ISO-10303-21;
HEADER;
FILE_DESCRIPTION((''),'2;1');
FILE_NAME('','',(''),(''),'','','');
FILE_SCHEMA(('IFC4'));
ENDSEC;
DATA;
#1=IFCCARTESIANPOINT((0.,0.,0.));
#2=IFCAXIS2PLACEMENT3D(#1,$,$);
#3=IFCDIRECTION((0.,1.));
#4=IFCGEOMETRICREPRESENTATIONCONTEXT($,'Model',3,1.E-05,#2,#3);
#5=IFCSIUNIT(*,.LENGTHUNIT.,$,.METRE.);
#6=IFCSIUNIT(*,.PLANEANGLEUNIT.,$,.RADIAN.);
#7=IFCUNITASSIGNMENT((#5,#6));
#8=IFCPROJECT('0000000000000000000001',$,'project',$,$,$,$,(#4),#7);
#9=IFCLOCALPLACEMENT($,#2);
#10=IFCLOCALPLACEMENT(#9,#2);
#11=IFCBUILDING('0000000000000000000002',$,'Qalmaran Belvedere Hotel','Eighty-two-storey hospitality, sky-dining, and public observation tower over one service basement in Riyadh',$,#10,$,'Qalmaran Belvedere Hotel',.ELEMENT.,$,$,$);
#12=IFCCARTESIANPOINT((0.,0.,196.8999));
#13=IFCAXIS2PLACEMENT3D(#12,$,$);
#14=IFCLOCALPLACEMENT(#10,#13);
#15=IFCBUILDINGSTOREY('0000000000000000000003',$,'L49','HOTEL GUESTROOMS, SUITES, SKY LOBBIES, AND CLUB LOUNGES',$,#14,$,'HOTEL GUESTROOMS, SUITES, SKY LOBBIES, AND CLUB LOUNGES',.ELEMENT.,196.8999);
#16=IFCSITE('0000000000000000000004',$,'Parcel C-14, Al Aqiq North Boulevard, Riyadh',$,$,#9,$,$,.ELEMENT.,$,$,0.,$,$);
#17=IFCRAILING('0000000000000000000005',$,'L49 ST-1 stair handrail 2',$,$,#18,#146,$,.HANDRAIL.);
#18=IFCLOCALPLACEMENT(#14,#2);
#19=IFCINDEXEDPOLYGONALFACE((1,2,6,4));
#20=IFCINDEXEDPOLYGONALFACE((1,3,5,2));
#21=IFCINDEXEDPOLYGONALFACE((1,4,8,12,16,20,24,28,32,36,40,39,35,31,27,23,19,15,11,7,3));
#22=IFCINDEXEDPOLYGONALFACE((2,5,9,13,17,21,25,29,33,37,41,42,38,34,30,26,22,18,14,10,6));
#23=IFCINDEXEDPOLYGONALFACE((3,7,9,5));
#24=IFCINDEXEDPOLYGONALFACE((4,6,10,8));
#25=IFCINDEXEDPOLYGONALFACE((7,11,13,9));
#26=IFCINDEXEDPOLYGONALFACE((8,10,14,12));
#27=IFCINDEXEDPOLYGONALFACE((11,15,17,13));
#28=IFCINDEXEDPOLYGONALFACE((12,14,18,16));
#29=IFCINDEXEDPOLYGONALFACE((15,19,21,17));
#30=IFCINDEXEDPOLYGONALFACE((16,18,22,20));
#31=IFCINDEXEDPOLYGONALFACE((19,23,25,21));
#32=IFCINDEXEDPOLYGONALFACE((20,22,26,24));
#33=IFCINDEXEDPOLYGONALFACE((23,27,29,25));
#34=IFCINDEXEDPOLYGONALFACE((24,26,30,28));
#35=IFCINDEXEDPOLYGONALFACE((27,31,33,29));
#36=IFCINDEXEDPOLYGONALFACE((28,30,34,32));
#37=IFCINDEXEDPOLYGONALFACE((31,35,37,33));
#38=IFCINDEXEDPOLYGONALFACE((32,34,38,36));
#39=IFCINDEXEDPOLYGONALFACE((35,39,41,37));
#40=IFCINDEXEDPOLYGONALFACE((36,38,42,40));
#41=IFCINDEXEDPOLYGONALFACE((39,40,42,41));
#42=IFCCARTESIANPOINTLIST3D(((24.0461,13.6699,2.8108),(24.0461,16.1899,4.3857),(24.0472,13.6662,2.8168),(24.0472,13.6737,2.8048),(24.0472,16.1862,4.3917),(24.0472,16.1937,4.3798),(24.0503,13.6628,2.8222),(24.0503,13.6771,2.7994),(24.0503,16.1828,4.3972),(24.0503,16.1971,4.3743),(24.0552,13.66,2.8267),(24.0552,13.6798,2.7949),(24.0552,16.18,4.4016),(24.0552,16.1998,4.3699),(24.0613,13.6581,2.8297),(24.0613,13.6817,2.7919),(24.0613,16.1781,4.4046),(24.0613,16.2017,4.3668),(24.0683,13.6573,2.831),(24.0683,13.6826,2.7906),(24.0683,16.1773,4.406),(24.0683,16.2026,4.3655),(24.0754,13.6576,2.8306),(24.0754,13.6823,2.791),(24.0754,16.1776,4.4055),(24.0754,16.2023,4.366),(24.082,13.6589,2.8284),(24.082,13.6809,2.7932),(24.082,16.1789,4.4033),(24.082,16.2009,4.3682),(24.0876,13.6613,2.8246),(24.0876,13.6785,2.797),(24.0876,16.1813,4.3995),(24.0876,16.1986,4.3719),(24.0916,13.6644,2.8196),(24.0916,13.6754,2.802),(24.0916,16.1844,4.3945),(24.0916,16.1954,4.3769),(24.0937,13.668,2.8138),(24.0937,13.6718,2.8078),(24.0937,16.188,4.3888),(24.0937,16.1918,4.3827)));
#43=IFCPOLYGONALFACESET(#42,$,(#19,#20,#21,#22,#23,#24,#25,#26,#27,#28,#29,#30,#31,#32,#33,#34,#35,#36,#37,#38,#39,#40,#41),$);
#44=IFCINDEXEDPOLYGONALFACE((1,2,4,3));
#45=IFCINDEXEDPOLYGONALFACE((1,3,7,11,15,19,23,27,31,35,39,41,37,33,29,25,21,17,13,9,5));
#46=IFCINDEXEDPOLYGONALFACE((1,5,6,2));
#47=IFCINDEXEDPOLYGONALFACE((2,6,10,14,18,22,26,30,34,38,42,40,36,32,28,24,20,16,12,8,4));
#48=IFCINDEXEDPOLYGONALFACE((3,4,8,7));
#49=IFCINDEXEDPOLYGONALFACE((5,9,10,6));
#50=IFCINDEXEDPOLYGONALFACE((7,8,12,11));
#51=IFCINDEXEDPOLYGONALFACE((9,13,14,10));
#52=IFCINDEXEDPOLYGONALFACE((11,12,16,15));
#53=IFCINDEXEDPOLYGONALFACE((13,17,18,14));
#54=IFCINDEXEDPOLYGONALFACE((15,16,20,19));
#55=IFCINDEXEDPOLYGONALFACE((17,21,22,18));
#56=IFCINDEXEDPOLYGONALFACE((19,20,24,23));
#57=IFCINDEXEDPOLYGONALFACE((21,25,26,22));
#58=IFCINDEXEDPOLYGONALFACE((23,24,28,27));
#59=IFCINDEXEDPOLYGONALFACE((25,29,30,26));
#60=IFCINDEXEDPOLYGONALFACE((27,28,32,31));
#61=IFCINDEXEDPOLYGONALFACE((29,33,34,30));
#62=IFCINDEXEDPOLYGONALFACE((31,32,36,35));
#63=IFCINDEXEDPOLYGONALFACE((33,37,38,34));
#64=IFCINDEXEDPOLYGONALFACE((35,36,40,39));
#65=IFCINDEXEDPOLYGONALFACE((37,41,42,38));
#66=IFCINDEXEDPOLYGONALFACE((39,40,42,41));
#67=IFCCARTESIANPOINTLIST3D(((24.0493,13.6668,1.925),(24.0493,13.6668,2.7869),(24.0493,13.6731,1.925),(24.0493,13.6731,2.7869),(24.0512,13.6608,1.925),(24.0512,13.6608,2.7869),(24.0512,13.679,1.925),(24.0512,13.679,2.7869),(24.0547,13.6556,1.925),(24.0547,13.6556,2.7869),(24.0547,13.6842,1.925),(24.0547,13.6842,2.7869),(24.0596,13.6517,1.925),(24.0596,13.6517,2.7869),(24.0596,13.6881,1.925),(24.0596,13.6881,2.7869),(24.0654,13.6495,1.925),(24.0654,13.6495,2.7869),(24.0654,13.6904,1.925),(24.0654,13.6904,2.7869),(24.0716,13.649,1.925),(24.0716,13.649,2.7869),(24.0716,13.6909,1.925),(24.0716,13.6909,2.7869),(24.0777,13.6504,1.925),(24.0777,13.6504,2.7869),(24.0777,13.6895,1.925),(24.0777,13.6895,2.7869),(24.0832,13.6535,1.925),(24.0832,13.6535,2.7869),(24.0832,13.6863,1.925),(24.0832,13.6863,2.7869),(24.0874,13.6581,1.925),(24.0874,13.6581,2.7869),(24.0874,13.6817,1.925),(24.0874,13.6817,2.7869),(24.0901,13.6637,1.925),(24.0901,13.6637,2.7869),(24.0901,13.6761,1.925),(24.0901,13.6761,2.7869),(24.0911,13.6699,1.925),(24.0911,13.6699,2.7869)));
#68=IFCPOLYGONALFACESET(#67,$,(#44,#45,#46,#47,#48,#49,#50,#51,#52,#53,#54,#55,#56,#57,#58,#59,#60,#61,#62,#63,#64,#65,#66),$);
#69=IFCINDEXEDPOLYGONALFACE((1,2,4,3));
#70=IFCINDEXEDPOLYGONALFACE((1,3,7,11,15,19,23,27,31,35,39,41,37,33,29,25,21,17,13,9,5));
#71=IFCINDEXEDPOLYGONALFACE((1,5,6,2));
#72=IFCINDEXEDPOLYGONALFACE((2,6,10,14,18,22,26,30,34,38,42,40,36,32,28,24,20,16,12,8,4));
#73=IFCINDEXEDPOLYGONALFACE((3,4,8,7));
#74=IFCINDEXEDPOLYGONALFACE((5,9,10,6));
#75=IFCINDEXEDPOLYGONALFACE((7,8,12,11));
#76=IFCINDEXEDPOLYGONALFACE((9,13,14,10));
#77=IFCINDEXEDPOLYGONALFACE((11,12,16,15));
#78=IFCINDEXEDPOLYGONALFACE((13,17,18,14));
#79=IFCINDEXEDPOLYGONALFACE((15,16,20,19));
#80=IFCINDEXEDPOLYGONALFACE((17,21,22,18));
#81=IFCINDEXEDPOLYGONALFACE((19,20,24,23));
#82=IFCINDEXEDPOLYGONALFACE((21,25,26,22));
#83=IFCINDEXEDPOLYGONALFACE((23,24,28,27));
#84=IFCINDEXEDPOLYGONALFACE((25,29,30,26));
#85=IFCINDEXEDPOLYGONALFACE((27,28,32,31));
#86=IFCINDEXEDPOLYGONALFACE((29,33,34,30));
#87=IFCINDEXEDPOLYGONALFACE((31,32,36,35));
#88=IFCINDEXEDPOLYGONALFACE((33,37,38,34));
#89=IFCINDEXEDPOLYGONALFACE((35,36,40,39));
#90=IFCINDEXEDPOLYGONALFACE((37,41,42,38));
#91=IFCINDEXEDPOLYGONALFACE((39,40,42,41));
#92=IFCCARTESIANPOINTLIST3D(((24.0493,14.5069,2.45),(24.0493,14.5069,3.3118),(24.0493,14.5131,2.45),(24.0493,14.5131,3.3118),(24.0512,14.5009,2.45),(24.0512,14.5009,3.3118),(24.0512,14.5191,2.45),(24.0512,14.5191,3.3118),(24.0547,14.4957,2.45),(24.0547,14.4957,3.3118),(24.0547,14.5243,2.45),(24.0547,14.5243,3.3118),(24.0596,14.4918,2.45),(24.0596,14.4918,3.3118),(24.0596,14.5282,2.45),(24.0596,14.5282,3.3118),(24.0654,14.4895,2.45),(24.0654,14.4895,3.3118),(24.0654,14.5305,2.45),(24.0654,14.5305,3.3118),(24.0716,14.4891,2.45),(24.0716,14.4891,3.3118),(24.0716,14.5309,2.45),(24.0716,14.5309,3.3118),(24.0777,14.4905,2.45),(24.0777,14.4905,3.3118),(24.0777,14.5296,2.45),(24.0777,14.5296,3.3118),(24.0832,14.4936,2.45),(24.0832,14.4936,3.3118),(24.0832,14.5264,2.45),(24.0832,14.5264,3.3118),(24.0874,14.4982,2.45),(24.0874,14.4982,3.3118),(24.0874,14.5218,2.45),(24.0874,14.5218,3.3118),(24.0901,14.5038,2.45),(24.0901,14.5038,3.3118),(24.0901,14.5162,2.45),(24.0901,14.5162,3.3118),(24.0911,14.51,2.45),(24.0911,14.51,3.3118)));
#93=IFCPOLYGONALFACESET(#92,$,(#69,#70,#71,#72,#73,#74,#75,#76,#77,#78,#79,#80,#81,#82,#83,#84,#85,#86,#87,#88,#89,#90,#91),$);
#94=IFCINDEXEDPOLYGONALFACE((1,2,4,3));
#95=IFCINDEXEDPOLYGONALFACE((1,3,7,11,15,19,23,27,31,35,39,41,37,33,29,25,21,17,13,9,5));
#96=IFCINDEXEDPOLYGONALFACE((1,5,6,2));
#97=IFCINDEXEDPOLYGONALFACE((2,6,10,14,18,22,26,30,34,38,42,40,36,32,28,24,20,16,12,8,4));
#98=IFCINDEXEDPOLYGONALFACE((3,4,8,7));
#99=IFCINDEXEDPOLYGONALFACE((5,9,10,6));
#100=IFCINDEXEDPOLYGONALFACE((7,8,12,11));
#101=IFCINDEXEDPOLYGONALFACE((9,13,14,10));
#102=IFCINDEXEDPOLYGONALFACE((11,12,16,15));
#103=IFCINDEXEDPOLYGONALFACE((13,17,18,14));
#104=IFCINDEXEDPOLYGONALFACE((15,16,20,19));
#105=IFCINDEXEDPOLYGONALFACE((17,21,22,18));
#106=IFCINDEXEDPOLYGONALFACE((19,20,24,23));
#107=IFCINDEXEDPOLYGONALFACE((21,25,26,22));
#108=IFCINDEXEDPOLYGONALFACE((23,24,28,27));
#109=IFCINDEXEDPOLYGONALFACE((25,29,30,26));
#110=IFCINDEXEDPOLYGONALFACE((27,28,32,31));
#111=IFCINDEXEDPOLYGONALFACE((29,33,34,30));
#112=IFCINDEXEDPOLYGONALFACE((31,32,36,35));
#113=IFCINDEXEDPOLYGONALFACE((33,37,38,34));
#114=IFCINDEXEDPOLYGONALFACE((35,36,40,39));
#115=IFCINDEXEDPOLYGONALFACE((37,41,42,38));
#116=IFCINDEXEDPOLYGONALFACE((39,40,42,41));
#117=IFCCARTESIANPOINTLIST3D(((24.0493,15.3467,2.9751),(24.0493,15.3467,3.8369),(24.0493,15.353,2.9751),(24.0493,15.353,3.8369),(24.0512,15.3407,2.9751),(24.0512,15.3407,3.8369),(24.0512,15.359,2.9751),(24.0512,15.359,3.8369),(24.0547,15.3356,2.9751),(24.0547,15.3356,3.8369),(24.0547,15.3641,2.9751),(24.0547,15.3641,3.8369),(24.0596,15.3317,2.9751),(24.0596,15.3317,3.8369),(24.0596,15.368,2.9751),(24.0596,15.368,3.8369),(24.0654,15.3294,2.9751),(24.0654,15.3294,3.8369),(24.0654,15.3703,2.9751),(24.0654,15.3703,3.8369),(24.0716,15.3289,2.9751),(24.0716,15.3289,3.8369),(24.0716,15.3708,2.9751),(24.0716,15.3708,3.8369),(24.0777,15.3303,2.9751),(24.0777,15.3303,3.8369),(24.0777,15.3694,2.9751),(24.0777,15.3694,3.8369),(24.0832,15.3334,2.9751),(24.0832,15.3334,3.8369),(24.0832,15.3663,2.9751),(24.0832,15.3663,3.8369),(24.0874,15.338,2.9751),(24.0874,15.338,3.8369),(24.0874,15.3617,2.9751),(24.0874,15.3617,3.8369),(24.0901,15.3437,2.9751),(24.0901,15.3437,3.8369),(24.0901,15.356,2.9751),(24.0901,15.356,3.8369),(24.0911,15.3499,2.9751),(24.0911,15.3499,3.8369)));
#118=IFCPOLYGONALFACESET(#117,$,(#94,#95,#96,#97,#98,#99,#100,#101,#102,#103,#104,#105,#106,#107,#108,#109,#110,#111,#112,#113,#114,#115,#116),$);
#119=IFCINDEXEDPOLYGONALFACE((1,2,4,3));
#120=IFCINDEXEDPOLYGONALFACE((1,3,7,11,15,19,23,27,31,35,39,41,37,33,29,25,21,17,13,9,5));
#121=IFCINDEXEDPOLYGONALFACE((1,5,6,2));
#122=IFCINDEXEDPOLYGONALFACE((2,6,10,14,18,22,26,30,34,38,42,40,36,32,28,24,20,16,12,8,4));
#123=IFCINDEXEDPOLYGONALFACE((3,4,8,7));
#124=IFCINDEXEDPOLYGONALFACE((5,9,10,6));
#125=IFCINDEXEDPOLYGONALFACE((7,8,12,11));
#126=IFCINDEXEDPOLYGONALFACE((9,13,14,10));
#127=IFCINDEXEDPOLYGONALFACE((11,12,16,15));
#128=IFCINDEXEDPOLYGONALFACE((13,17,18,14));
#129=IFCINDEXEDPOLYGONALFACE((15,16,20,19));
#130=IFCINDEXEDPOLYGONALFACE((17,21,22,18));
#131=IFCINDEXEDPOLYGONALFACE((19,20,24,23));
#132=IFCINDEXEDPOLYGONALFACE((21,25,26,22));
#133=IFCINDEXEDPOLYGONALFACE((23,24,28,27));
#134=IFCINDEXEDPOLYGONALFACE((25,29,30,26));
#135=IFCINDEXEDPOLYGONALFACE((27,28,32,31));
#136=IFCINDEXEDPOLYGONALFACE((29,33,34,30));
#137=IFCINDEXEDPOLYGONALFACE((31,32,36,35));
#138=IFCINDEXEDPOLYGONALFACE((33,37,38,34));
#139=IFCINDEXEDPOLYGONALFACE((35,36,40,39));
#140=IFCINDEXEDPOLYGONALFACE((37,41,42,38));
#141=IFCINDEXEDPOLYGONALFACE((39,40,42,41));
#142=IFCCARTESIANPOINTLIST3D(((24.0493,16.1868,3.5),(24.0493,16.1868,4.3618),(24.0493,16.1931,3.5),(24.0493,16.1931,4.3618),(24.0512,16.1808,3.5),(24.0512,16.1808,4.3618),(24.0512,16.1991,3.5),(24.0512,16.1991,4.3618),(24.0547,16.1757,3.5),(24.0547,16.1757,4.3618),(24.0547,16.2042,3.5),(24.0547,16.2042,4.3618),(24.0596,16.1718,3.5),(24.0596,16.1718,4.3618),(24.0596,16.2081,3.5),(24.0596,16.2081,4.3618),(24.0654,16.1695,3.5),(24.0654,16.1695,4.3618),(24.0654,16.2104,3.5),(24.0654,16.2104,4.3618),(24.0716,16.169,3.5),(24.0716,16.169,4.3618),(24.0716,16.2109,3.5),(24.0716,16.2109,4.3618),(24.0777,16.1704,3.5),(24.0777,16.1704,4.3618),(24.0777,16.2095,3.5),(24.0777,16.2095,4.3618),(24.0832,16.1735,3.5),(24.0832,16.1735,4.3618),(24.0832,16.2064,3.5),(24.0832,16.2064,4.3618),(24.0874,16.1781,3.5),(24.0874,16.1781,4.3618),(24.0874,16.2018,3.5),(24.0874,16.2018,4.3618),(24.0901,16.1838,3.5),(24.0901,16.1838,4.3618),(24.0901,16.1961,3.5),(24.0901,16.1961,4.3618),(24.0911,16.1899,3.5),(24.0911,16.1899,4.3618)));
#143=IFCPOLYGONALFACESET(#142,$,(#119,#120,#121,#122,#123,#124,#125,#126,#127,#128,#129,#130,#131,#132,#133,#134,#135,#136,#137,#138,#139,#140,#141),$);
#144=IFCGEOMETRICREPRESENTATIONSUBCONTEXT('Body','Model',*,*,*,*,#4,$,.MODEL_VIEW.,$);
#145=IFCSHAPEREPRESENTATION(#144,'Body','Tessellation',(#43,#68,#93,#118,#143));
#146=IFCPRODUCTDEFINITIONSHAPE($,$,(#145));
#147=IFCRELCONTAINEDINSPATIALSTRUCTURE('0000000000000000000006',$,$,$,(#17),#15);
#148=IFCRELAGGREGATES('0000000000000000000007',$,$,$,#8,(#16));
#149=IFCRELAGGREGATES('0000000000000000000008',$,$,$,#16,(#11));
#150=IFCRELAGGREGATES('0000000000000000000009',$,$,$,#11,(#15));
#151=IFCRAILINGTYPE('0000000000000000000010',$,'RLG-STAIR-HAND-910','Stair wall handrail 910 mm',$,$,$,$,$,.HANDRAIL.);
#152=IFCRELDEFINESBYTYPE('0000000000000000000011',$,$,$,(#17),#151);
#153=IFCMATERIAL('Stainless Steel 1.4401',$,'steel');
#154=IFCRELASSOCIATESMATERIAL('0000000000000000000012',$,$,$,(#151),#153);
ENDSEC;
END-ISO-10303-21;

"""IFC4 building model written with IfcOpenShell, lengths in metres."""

from ifc_helpers import new_model, si_unit, direction, frame, origin, origin_2d, place, context, subcontext, project, spatial, circle, extrude, material, type_object, element, save


model = new_model("IFC4")

# Units and contexts
model_context = context("Model", 3, precision=1e-05, world=origin(), true_north=direction((0.0, 1.0)))
body_context = subcontext(model_context, "Body", "Model", "MODEL_VIEW")
ifc_project = project(units=[si_unit("LENGTHUNIT", "METRE"), si_unit("PLANEANGLEUNIT", "RADIAN")], contexts=[model_context])

# Site, building, storey
site_placement = place(None, origin())
site = spatial("IfcSite", under=ifc_project, at=site_placement, Name="Parcel C-14, Al Aqiq North Boulevard, Riyadh", CompositionType="ELEMENT", RefElevation=0.0)
building_placement = place(site_placement, origin())
building = spatial("IfcBuilding", under=site, at=building_placement, Name="Qalmaran Belvedere Hotel", Description="Eighty-two-storey hospitality, sky-dining, and public observation tower over one service basement in Riyadh", LongName="Qalmaran Belvedere Hotel", CompositionType="ELEMENT")
storey_placement = place(building_placement, frame((0.0, 0.0, 196.8999)))
storey = spatial("IfcBuildingStorey", under=building, at=storey_placement, Name="L49", Description="HOTEL GUESTROOMS, SUITES, SKY LOBBIES, AND CLUB LOUNGES", LongName="HOTEL GUESTROOMS, SUITES, SKY LOBBIES, AND CLUB LOUNGES", CompositionType="ELEMENT", Elevation=196.8999)

# Shared definitions
ifc_material_1 = material(Name="Stainless Steel 1.4401", Category="steel")

# Railing
railing_type_1 = type_object("IfcRailingType", Name="RLG-STAIR-HAND-910", Description="Stair wall handrail 910 mm", PredefinedType="HANDRAIL", material=ifc_material_1)
railing_1_placement = place(storey_placement, frame((24.0701, 13.6699, 1.925)))
element("IfcRailing", 1, at=railing_1_placement, inside=storey, type_object=railing_type_1, Name="L49 ST-1 stair handrail 2", PredefinedType="HANDRAIL", context=body_context, shape_type="SweptSolid", body=[
    extrude(circle(Radius=0.0239, at=origin_2d()), frame((0.0, 0.0, 0.8857), z_axis=(0.0, 0.848008, 0.529984), x_axis=(-1.0, 0.0, 0.0)), (0.0, 0.0, 1.0), 2.9717),
    extrude(circle(Radius=0.021, at=origin_2d()), origin(), (0.0, 0.0, 1.0), 0.8618),
    extrude(circle(Radius=0.021, at=origin_2d()), frame((0.0, 0.8401, 0.5249)), (0.0, 0.0, 1.0), 0.8618),
    extrude(circle(Radius=0.021, at=origin_2d()), frame((0.0, 1.6799, 1.05)), (0.0, 0.0, 1.0), 0.8618),
    extrude(circle(Radius=0.021, at=origin_2d()), frame((0.0, 2.52, 1.575)), (0.0, 0.0, 1.0), 0.8618),
])

save(model, "model.ifc")
